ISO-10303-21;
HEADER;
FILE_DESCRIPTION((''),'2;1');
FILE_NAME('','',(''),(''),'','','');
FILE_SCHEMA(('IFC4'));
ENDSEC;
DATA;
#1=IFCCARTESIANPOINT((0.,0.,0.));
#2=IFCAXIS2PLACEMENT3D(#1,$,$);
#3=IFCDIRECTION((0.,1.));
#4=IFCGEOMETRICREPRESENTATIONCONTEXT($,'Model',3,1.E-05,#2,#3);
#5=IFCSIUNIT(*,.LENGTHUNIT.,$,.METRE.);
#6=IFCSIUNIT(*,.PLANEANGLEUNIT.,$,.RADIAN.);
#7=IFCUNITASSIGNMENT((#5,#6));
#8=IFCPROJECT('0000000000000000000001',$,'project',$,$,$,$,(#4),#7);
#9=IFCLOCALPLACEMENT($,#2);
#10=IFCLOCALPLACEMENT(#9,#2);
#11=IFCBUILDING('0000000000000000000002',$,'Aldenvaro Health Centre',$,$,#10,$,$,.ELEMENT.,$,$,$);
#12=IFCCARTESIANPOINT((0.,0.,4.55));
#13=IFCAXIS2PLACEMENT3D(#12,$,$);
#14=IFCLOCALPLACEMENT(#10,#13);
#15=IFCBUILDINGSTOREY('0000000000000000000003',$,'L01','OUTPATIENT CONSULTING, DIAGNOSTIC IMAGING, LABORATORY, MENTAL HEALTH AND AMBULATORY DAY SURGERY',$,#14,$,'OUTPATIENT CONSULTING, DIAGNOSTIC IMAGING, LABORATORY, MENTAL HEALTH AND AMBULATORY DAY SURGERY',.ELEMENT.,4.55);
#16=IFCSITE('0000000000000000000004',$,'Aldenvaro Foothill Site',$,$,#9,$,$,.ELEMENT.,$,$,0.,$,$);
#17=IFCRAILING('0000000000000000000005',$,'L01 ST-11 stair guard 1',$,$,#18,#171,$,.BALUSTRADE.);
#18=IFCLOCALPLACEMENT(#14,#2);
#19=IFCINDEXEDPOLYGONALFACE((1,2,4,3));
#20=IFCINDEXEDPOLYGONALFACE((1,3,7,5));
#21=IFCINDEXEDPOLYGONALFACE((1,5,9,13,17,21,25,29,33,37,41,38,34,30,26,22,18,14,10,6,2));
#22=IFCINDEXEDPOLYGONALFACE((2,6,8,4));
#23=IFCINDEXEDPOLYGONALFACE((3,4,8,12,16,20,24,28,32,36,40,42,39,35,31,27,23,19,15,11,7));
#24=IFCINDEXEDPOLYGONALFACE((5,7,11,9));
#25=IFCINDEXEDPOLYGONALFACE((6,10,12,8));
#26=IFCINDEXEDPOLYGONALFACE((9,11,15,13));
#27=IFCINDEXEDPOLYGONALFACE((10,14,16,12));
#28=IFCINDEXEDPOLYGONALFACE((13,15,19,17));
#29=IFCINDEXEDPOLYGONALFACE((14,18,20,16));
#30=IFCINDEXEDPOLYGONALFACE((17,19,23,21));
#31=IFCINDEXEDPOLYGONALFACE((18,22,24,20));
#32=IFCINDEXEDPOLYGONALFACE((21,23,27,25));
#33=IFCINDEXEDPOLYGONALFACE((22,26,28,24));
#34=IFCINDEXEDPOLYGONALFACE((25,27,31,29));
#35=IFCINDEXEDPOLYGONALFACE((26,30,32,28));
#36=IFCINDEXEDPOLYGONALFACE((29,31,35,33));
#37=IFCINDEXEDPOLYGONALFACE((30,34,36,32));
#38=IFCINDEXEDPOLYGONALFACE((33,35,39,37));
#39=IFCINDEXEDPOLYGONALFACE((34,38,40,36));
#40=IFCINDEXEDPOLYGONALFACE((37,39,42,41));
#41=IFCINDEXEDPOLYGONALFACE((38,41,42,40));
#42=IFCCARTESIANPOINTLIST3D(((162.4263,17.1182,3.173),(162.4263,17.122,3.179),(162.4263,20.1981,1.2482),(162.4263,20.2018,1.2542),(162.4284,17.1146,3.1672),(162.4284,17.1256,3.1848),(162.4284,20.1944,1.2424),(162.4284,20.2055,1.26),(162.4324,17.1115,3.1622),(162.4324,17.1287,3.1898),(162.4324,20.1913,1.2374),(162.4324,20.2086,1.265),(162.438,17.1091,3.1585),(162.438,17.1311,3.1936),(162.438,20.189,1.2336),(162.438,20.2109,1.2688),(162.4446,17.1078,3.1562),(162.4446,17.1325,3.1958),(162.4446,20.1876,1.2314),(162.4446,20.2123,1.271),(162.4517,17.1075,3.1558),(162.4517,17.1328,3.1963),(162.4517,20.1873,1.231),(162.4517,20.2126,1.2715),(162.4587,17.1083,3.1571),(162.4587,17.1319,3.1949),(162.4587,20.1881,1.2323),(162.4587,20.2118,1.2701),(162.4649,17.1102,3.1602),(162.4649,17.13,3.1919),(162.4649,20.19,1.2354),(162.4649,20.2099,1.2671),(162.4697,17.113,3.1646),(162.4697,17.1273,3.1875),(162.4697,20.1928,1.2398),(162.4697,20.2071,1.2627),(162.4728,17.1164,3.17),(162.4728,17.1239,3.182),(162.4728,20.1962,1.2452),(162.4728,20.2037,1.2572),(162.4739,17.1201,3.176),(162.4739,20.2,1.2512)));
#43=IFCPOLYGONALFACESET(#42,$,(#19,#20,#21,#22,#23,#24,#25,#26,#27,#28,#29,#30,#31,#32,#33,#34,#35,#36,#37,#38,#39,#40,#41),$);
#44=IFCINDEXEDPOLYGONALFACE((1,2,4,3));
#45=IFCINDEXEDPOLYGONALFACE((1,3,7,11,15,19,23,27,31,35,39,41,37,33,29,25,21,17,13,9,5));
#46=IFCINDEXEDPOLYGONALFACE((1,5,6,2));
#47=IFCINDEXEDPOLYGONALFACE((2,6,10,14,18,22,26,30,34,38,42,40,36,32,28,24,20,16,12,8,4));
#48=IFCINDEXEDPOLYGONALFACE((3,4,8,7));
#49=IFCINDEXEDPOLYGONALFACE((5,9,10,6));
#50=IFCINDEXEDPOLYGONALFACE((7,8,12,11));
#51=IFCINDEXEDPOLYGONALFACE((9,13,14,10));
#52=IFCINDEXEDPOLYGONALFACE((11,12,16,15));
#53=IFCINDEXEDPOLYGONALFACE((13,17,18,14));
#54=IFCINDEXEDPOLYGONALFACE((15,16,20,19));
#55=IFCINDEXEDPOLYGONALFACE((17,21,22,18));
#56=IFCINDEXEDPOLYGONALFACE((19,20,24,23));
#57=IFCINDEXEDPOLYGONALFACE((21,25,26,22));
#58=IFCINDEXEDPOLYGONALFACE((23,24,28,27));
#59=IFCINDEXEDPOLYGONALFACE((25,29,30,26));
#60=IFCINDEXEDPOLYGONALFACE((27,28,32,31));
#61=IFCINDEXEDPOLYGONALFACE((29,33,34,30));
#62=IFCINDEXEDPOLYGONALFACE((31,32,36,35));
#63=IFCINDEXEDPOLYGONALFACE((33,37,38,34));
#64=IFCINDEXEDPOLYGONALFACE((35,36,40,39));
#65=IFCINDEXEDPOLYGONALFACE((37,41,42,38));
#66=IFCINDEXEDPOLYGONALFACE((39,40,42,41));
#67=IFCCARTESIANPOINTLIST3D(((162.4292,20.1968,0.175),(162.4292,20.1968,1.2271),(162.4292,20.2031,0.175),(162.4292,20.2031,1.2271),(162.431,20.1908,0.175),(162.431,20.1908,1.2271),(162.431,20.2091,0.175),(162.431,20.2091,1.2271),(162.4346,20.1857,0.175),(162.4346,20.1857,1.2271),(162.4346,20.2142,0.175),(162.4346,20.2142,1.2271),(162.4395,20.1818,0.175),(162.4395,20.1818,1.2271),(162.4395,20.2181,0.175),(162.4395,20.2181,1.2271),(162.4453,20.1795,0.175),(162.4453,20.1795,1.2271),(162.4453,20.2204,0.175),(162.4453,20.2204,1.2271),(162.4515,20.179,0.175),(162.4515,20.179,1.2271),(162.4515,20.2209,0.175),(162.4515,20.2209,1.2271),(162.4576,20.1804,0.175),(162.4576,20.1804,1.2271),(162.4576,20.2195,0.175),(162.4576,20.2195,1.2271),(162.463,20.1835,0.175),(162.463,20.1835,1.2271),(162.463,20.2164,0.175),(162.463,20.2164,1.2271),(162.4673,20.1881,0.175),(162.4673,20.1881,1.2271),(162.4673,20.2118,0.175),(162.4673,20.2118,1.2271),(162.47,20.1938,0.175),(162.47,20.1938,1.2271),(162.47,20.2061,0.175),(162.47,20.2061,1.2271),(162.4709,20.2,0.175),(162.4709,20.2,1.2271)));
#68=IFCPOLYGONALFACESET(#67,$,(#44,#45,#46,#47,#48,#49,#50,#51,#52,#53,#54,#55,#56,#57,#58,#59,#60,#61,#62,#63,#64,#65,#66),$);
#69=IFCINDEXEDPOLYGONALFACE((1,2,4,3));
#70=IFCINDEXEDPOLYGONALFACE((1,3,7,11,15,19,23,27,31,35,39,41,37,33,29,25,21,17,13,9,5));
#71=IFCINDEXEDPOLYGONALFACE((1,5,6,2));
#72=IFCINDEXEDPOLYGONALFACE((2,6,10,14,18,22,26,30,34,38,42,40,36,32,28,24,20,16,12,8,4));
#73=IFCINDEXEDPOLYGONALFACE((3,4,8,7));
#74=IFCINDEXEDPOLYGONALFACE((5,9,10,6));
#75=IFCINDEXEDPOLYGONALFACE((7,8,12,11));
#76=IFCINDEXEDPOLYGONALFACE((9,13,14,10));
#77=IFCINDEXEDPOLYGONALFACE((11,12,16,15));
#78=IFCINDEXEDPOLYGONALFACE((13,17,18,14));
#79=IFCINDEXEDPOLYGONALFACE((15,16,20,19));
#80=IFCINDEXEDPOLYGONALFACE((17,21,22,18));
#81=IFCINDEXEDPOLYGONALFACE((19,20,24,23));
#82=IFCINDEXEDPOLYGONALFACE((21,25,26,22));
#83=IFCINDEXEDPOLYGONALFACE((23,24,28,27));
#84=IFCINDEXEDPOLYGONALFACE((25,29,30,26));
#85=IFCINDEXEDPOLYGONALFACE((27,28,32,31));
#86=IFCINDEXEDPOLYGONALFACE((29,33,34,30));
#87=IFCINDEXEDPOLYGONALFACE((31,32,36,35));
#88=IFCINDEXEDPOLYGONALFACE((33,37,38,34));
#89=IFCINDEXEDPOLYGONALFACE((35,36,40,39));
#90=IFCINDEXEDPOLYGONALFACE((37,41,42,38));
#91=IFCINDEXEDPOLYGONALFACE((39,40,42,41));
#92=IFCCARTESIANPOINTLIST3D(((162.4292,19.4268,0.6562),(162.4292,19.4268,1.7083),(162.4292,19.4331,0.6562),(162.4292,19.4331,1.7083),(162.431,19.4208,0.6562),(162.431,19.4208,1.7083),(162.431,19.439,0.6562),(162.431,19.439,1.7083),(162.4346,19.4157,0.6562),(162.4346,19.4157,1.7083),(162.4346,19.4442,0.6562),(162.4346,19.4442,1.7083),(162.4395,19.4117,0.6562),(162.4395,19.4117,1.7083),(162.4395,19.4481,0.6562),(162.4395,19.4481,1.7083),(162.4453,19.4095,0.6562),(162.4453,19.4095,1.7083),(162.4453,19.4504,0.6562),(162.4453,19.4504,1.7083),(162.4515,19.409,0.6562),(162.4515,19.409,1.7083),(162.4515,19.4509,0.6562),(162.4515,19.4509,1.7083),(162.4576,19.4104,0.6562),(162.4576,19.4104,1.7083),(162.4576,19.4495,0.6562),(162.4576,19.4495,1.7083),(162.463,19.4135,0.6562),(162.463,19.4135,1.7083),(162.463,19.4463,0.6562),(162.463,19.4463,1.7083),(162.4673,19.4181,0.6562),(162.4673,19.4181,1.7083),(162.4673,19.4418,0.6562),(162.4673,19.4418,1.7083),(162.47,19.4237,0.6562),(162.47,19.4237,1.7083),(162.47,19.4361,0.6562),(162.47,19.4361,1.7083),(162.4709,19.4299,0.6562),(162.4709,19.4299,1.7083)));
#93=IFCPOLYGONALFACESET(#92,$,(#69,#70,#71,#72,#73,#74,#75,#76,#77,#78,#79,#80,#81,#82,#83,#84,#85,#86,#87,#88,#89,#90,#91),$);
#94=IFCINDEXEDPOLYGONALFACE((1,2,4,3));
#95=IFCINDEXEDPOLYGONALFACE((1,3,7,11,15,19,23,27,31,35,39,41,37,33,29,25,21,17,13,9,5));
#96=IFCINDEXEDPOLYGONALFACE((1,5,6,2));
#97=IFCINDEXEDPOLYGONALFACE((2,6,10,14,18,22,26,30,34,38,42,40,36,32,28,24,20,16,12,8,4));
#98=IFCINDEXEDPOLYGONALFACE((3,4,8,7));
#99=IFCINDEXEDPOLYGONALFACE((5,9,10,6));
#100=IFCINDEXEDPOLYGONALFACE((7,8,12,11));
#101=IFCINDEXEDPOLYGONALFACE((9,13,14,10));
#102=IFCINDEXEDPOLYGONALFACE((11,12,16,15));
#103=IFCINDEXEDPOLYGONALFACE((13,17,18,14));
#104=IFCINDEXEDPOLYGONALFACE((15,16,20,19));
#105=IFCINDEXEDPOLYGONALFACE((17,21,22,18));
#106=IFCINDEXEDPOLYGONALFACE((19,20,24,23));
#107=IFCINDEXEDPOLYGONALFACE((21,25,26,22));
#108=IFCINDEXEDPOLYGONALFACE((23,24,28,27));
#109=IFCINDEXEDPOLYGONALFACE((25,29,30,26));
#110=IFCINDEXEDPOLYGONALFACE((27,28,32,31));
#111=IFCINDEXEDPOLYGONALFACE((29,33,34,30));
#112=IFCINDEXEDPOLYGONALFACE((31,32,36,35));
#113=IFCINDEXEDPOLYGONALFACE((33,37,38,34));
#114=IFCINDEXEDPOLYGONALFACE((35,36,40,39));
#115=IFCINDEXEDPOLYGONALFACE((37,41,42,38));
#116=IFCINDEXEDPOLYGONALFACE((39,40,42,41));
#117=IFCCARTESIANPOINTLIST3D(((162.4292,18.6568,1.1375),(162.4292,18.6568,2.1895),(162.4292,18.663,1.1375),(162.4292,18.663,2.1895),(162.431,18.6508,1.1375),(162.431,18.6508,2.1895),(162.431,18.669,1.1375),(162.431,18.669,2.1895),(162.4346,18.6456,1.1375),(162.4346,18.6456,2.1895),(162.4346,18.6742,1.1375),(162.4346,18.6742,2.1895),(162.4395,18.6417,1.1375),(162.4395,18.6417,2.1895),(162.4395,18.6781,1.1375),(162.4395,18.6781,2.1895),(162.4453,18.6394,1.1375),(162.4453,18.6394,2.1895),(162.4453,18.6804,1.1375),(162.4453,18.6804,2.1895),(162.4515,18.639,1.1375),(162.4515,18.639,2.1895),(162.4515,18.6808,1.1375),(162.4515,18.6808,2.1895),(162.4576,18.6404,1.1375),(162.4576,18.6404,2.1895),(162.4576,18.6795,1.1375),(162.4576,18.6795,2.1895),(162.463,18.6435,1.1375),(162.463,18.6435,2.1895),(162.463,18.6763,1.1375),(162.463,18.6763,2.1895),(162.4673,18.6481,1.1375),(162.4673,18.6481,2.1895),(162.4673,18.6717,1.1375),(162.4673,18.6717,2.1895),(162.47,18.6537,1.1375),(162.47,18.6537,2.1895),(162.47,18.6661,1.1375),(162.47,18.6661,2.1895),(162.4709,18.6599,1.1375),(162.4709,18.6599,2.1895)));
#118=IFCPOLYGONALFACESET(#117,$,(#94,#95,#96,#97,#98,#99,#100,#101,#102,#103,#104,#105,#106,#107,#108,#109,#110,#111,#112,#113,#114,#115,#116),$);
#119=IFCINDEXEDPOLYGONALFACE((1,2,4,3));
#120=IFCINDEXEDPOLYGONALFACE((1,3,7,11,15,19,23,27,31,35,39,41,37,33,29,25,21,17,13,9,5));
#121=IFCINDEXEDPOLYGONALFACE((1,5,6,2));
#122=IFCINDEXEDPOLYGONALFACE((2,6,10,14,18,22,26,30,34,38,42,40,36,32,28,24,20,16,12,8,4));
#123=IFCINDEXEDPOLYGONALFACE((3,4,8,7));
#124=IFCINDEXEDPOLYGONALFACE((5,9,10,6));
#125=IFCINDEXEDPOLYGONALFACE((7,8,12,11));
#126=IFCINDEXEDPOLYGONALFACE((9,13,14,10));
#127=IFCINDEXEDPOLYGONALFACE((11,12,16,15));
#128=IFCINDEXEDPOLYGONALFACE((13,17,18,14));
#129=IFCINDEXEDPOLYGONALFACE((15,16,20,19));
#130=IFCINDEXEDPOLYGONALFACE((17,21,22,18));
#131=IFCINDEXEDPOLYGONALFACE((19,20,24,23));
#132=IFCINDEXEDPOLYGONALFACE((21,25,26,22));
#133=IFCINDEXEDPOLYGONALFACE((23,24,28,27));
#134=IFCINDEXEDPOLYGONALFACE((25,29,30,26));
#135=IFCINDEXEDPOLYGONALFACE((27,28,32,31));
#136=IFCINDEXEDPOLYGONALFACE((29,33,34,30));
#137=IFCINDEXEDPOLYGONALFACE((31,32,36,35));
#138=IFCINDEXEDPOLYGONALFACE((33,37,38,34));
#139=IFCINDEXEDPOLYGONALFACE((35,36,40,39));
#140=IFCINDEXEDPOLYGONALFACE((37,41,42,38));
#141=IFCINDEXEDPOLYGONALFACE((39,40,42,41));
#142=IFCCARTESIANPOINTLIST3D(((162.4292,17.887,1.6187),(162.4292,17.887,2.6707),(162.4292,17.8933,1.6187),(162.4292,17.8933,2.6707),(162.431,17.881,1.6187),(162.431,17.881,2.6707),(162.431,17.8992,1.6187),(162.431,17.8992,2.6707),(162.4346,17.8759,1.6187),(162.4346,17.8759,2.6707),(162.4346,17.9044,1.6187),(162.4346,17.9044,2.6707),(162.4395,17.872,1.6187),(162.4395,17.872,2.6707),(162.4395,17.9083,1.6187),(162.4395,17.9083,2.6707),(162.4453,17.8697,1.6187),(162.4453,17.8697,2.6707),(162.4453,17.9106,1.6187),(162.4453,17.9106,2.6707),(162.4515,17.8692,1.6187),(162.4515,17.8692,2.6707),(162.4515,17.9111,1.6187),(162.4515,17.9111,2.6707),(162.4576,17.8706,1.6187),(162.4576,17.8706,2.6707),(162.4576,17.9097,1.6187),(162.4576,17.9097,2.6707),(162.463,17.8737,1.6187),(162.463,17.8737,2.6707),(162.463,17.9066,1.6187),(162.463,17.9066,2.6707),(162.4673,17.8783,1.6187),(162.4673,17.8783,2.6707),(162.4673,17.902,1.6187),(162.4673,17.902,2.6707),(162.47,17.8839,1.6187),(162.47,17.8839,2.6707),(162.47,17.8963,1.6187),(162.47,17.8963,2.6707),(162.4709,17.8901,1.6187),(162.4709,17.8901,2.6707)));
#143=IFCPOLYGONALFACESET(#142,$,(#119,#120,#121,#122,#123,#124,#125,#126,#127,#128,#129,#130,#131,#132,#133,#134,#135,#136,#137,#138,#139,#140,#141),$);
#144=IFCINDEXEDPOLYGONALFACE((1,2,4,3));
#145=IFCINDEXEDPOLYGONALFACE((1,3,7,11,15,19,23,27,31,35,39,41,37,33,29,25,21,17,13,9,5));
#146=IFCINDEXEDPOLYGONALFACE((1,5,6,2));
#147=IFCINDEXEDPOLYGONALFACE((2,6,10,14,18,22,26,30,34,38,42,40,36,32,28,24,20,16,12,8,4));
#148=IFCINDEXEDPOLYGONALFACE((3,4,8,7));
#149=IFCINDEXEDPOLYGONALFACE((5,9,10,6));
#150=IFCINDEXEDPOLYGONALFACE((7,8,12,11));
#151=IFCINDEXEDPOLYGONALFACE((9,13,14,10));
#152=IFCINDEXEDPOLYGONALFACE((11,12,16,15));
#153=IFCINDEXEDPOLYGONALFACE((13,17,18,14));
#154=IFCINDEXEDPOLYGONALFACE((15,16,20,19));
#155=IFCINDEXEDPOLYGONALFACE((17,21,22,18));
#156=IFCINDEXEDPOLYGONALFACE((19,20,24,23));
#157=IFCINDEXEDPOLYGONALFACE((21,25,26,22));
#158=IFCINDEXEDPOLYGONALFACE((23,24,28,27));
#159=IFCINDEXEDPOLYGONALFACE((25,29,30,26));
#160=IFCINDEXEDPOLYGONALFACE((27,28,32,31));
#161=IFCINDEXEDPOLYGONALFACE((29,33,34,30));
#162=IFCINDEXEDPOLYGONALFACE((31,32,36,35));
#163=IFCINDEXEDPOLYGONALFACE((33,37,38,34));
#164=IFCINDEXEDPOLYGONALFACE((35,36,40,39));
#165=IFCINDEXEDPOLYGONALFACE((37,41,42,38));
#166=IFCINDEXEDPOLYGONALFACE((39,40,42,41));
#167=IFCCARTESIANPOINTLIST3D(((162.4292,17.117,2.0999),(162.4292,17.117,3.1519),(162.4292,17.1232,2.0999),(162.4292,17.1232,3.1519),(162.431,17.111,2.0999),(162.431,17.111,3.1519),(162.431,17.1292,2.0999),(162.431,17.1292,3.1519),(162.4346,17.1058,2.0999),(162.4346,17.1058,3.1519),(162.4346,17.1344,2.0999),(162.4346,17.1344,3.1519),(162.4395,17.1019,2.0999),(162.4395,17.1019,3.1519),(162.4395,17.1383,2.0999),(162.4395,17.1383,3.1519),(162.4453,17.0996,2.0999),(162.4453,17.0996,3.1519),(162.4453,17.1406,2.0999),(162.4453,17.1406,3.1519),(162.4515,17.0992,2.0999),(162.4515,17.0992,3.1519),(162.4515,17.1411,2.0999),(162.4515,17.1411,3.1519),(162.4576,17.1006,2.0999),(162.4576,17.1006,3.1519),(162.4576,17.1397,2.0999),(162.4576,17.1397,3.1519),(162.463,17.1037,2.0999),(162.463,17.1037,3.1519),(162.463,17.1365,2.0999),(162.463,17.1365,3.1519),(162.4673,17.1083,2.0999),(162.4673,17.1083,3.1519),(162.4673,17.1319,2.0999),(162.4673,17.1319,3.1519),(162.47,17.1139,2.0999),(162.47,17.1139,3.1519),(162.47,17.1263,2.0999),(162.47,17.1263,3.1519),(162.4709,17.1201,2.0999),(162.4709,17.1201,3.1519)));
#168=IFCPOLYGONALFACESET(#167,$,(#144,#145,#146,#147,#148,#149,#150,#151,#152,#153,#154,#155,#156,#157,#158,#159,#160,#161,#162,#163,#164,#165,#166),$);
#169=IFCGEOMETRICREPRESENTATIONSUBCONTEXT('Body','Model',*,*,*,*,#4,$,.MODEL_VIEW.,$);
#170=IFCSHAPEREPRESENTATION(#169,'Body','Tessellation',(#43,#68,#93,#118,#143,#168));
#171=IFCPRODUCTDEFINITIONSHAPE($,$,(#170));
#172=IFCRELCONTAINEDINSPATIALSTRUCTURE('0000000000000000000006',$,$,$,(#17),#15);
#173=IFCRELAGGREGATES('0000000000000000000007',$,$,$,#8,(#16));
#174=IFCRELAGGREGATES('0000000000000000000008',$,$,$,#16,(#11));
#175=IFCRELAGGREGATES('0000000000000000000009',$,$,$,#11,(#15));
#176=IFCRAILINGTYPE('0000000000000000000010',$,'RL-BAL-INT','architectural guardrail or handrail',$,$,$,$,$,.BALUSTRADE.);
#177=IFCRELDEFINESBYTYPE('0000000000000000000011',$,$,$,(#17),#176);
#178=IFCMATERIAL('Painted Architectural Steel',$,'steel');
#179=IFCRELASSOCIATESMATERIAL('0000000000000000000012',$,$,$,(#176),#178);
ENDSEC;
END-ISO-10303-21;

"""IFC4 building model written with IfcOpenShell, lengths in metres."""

from ifc_helpers import new_model, si_unit, direction, frame, origin, origin_2d, place, context, subcontext, project, spatial, circle, extrude, material, type_object, element, save


model = new_model("IFC4")

# Units and contexts
model_context = context("Model", 3, precision=1e-05, world=origin(), true_north=direction((0.0, 1.0)))
body_context = subcontext(model_context, "Body", "Model", "MODEL_VIEW")
ifc_project = project(units=[si_unit("LENGTHUNIT", "METRE"), si_unit("PLANEANGLEUNIT", "RADIAN")], contexts=[model_context])

# Site, building, storey
site_placement = place(None, origin())
site = spatial("IfcSite", under=ifc_project, at=site_placement, Name="Aldenvaro Foothill Site", CompositionType="ELEMENT", RefElevation=0.0)
building_placement = place(site_placement, origin())
building = spatial("IfcBuilding", under=site, at=building_placement, Name="Aldenvaro Health Centre", CompositionType="ELEMENT")
storey_placement = place(building_placement, frame((0.0, 0.0, 4.55)))
storey = spatial("IfcBuildingStorey", under=building, at=storey_placement, Name="L01", Description="OUTPATIENT CONSULTING, DIAGNOSTIC IMAGING, LABORATORY, MENTAL HEALTH AND AMBULATORY DAY SURGERY", LongName="OUTPATIENT CONSULTING, DIAGNOSTIC IMAGING, LABORATORY, MENTAL HEALTH AND AMBULATORY DAY SURGERY", CompositionType="ELEMENT", Elevation=4.55)

# Railing
ifc_material_1 = material(Name="Painted Architectural Steel", Category="steel")
railing_type_1 = type_object("IfcRailingType", Name="RL-BAL-INT", Description="architectural guardrail or handrail", PredefinedType="BALUSTRADE", material=ifc_material_1)
railing_1_placement = place(storey_placement, frame((162.45, 20.2, 0.175)))
element("IfcRailing", 1, at=railing_1_placement, inside=storey, type_object=railing_type_1, Name="L01 ST-11 stair guard 1", PredefinedType="BALUSTRADE", context=body_context, shape_type="SweptSolid", body=[
    extrude(circle(Radius=0.0239, at=origin_2d()), frame((0.0, 0.0, 1.0762), z_axis=(0.0, -0.84801, 0.529981), x_axis=(1.0, 0.0, 0.0)), (0.0, 0.0, 1.0), 3.6318),
    extrude(circle(Radius=0.021, at=origin_2d()), origin(), (0.0, 0.0, 1.0), 1.052),
    extrude(circle(Radius=0.021, at=origin_2d()), frame((0.0, -0.77, 0.4812)), (0.0, 0.0, 1.0), 1.052),
    extrude(circle(Radius=0.021, at=origin_2d()), frame((0.0, -1.54, 0.9624)), (0.0, 0.0, 1.0), 1.052),
    extrude(circle(Radius=0.021, at=origin_2d()), frame((0.0, -2.3098, 1.4436)), (0.0, 0.0, 1.0), 1.052),
    extrude(circle(Radius=0.021, at=origin_2d()), frame((0.0, -3.0798, 1.9248)), (0.0, 0.0, 1.0), 1.052),
])

save(model, "model.ifc")
